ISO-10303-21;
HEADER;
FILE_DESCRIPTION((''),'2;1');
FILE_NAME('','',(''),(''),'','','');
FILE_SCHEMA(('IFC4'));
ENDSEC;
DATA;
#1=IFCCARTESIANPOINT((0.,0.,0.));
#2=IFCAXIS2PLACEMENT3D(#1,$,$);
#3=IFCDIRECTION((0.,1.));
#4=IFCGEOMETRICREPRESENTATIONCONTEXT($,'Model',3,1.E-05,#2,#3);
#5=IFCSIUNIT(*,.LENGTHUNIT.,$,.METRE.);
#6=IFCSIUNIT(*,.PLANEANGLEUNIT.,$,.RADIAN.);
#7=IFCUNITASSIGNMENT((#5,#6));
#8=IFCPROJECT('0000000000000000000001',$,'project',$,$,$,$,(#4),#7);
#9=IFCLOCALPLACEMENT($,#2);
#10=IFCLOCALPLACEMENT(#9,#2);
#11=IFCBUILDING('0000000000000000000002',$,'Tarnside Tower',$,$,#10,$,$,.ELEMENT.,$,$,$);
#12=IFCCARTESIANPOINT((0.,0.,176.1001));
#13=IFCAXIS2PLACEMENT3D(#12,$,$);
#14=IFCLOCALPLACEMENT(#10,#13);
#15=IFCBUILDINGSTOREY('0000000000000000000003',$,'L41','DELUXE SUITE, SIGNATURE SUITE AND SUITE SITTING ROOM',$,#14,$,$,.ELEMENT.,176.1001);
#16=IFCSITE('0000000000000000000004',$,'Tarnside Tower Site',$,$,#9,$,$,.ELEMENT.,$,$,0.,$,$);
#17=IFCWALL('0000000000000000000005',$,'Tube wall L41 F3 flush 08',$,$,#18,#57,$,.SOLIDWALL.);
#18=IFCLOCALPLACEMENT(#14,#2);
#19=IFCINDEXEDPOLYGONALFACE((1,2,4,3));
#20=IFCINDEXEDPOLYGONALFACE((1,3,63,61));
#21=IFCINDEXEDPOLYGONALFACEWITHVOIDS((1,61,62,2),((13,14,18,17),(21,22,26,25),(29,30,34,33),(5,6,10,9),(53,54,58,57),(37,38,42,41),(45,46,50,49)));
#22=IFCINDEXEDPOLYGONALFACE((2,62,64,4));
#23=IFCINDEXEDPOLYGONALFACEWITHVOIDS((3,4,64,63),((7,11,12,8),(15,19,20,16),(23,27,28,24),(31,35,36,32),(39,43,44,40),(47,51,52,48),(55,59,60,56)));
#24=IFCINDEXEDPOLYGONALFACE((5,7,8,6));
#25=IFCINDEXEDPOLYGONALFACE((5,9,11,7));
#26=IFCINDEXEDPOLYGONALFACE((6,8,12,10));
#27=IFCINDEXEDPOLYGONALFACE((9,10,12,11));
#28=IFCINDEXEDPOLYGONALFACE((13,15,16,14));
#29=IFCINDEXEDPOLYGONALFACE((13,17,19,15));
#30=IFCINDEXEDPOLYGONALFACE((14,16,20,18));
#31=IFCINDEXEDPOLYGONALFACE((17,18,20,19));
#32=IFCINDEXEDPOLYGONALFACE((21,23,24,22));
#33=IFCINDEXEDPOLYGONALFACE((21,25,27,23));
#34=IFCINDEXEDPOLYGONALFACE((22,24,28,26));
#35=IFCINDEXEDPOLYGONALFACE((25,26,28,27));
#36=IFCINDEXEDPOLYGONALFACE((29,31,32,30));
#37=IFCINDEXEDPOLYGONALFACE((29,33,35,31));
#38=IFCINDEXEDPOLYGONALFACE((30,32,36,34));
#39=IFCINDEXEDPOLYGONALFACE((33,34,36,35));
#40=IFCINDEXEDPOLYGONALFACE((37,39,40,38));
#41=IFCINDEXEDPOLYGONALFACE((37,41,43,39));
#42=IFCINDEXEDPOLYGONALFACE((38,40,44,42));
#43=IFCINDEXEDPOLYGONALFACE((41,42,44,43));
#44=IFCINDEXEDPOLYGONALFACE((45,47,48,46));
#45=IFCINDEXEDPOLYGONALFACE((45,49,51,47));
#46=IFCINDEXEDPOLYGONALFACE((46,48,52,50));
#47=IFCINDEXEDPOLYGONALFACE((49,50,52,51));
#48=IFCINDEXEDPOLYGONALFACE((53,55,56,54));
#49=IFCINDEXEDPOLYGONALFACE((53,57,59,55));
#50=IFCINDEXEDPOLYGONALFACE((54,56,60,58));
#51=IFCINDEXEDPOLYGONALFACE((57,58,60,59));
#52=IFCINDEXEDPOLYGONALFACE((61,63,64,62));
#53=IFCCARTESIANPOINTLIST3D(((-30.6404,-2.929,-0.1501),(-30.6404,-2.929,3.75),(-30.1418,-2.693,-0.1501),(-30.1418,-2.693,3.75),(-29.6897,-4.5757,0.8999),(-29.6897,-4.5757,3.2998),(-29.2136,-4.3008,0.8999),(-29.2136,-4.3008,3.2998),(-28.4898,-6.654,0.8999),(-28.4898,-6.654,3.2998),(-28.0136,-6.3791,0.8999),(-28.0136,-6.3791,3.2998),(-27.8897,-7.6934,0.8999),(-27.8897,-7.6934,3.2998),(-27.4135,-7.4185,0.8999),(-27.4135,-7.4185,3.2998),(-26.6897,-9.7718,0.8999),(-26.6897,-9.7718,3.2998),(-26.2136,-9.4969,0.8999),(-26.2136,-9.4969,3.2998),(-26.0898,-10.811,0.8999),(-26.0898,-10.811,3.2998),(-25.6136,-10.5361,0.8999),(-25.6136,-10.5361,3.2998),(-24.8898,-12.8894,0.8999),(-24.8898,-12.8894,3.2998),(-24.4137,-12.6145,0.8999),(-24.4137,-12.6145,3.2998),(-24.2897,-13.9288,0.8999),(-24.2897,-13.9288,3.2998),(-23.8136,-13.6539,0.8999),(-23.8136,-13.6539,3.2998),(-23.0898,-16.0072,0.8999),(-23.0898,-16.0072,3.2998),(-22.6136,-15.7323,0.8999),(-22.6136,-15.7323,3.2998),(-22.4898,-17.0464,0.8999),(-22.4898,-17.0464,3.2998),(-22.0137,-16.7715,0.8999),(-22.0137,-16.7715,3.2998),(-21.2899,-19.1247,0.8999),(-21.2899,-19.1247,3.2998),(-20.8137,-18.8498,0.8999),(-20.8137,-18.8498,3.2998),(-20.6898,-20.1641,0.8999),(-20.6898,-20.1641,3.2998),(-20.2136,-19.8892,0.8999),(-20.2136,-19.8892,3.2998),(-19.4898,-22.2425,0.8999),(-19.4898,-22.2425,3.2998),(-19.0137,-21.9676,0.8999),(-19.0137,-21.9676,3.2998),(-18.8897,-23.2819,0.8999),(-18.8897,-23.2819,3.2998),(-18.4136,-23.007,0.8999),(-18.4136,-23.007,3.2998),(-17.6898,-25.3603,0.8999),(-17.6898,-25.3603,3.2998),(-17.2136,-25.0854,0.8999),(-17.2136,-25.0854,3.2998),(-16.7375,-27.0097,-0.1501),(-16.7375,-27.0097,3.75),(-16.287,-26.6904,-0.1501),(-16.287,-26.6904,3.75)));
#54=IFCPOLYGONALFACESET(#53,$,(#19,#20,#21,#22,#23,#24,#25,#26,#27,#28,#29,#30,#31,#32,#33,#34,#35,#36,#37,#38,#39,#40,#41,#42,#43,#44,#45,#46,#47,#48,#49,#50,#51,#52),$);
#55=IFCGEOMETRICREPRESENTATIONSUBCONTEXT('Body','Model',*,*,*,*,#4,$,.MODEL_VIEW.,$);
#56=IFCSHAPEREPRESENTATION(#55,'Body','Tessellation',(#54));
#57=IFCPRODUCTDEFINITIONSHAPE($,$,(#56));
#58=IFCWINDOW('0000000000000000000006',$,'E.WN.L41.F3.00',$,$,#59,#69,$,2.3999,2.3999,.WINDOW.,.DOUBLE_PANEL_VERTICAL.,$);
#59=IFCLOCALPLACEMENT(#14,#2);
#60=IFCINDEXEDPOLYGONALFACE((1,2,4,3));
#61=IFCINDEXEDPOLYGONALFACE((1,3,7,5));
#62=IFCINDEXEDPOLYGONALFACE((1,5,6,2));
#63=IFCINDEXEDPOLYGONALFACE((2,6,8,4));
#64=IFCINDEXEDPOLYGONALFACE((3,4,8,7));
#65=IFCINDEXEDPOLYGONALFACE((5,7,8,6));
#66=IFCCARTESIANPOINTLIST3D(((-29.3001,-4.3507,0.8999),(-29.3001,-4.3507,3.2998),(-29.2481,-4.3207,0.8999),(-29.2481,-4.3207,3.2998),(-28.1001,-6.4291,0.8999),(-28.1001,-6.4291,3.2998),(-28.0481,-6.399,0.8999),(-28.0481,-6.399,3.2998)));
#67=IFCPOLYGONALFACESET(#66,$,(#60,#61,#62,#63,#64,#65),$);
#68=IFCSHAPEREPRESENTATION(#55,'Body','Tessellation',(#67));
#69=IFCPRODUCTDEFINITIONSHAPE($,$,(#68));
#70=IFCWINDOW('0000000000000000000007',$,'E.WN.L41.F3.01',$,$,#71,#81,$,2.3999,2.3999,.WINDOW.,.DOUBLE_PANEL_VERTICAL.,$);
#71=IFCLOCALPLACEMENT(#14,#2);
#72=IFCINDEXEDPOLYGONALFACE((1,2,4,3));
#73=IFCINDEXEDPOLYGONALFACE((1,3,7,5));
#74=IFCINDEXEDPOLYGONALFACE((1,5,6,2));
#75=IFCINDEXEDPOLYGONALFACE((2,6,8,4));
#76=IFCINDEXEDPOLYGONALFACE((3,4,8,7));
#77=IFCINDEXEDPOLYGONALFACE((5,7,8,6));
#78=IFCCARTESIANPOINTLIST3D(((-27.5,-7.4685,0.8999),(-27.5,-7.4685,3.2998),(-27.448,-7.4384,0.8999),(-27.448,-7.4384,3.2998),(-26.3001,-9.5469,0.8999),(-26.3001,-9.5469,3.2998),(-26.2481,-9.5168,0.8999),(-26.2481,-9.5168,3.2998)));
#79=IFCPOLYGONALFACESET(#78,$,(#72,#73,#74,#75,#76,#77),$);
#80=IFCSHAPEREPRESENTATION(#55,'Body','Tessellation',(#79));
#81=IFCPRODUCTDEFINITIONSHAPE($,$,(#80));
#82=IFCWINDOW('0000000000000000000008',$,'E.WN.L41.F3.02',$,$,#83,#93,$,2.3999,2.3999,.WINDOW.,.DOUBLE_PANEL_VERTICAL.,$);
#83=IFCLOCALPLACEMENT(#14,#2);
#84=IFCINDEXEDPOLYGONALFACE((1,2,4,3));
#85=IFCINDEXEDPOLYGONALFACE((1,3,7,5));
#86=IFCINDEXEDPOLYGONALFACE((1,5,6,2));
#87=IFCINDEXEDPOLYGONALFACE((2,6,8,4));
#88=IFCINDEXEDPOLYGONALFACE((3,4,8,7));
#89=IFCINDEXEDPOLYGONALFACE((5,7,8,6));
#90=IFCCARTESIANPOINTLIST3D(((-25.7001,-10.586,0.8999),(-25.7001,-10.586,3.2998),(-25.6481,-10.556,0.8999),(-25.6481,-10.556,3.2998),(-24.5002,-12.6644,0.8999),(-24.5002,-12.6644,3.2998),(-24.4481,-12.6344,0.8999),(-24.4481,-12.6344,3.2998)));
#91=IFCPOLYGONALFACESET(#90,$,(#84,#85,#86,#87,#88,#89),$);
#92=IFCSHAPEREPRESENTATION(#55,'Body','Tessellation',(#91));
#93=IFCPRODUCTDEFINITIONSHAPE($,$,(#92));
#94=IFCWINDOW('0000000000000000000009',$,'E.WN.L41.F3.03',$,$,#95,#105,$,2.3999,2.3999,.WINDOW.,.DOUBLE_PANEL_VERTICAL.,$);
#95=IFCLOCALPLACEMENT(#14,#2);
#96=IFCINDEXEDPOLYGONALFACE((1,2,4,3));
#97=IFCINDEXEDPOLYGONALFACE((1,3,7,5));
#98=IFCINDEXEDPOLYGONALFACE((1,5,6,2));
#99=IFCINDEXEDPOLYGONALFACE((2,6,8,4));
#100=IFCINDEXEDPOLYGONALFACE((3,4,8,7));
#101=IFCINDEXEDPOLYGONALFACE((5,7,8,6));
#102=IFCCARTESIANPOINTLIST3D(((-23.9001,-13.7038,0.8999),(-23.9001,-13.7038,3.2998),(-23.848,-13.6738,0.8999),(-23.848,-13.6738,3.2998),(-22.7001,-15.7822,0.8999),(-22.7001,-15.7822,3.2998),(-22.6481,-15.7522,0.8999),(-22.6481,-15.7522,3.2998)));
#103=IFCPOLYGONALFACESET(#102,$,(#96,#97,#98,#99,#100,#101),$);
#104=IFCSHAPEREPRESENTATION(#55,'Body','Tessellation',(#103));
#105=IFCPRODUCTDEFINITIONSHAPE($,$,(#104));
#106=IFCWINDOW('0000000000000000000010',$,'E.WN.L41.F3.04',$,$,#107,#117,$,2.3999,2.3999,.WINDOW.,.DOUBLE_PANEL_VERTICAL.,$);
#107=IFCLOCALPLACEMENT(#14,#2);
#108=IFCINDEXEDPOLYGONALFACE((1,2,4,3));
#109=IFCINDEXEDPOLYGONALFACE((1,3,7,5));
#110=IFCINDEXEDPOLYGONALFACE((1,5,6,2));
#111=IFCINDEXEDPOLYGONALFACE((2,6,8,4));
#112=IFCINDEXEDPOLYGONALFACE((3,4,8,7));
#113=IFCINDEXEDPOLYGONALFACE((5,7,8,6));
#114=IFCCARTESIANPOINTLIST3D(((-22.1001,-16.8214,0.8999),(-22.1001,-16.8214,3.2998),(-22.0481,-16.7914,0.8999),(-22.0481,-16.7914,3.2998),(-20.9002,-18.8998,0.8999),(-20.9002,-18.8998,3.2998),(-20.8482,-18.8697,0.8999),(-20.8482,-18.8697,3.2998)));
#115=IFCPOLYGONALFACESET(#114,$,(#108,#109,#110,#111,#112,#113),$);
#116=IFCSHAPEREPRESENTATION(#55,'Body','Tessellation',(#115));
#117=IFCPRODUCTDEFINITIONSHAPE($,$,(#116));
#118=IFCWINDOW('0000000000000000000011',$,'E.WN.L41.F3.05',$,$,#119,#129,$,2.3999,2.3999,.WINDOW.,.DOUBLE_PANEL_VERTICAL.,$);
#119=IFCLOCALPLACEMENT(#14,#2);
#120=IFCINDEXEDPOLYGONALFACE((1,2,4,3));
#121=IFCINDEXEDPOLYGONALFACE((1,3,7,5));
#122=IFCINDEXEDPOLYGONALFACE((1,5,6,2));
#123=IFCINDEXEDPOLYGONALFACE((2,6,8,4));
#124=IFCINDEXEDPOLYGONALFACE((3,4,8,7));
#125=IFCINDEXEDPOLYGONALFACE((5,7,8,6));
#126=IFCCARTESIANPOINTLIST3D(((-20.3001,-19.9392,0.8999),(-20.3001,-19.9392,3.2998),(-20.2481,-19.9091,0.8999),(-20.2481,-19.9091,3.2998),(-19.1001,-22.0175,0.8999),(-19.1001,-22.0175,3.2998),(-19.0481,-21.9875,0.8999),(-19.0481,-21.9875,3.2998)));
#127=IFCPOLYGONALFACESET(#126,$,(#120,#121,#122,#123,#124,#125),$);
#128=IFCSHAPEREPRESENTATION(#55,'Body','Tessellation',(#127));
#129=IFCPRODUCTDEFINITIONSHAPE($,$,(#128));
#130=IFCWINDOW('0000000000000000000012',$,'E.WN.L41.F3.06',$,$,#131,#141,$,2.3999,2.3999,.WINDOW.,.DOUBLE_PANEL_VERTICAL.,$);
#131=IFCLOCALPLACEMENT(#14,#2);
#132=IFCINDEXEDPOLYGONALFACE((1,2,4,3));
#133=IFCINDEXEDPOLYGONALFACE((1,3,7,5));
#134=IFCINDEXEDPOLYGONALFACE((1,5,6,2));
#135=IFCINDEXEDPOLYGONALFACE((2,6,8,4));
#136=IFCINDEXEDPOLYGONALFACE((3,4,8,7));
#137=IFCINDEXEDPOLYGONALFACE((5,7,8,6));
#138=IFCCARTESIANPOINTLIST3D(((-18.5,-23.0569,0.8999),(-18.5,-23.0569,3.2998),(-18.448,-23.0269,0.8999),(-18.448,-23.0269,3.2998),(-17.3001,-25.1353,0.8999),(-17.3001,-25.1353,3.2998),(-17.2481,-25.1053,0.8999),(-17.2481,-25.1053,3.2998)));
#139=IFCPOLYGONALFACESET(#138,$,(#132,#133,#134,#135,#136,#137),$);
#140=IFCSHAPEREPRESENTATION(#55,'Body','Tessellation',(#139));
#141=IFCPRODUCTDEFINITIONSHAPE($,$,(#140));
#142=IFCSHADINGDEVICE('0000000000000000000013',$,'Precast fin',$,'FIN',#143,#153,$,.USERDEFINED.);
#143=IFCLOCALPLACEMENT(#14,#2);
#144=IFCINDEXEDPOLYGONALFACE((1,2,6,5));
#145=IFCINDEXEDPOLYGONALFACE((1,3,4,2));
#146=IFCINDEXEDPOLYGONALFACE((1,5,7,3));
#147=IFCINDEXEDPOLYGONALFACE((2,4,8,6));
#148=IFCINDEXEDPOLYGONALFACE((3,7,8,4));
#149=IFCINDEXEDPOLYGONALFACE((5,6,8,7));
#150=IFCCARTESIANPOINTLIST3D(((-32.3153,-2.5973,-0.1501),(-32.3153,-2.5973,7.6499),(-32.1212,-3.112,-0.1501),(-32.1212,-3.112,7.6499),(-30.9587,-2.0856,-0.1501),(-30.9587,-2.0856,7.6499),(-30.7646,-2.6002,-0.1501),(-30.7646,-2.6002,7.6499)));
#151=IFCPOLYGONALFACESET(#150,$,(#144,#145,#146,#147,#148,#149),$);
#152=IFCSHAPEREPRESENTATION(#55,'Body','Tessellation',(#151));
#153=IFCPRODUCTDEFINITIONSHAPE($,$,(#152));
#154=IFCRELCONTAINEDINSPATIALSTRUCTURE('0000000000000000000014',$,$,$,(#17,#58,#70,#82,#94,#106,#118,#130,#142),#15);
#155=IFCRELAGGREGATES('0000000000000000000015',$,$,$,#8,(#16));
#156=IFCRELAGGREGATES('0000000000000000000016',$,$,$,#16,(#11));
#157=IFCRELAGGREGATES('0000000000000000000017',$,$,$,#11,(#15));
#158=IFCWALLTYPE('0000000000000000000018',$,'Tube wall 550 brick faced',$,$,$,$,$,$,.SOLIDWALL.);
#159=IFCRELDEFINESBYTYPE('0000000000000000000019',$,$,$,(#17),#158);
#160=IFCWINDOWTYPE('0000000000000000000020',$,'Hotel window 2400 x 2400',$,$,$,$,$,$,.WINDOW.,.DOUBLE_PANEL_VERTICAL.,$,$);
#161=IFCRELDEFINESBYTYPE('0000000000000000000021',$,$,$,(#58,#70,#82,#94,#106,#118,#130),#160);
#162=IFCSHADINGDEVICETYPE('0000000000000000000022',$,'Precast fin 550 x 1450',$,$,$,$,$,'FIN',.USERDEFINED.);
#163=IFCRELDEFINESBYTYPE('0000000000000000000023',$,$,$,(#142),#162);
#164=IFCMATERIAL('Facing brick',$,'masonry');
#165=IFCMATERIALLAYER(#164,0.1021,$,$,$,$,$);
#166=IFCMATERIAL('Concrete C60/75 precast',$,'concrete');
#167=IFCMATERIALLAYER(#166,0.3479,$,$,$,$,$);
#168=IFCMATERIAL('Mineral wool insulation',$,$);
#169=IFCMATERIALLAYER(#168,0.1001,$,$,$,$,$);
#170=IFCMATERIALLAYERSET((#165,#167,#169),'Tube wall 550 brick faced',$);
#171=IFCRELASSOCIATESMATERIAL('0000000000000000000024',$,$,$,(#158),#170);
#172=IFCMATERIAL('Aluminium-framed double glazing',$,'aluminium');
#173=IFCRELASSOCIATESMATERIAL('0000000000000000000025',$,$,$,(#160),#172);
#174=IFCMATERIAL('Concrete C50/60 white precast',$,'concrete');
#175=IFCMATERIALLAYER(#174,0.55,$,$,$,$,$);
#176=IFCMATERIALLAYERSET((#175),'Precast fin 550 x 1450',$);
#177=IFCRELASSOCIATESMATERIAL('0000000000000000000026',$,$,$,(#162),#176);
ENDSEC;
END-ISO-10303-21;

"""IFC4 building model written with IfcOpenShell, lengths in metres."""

from ifc_helpers import new_model, si_unit, direction, frame, frame_2d, origin, place, context, subcontext, project, spatial, polyline, rectangle, outline, extrude, material, layer, layer_set, type_object, element, fill, save


model = new_model("IFC4")

# Units and contexts
model_context = context("Model", 3, precision=1e-05, world=origin(), true_north=direction((0.0, 1.0)))
body_context = subcontext(model_context, "Body", "Model", "MODEL_VIEW")
ifc_project = project(units=[si_unit("LENGTHUNIT", "METRE"), si_unit("PLANEANGLEUNIT", "RADIAN")], contexts=[model_context])

# Site, building, storey
site_placement = place(None, origin())
site = spatial("IfcSite", under=ifc_project, at=site_placement, Name="Tarnside Tower Site", CompositionType="ELEMENT", RefElevation=0.0)
building_placement = place(site_placement, origin())
building = spatial("IfcBuilding", under=site, at=building_placement, Name="Tarnside Tower", CompositionType="ELEMENT")
storey_placement = place(building_placement, frame((0.0, 0.0, 176.1001)))
storey = spatial("IfcBuildingStorey", under=building, at=storey_placement, Name="L41", Description="DELUXE SUITE, SIGNATURE SUITE AND SUITE SITTING ROOM", CompositionType="ELEMENT", Elevation=176.1001)

# Shared definitions
ifc_material_1 = material(Name="Facing brick", Category="masonry")
ifc_layer_1 = layer(ifc_material_1, 0.1021)
ifc_material_2 = material(Name="Concrete C60/75 precast", Category="concrete")
ifc_layer_2 = layer(ifc_material_2, 0.3479)
ifc_material_3 = material(Name="Mineral wool insulation")
ifc_layer_3 = layer(ifc_material_3, 0.1001)
ifc_layer_set_1 = layer_set([ifc_layer_1, ifc_layer_2, ifc_layer_3], Name="Tube wall 550 brick faced")
wall_type_1 = type_object("IfcWallType", Name="Tube wall 550 brick faced", PredefinedType="SOLIDWALL", material=ifc_layer_set_1)

# Wall, openings, windows
wall_1_placement = place(storey_placement, frame((-30.3911, -2.811, -0.1501), z_axis=(0.0, 0.0, 1.0), x_axis=(0.499999, -0.866026, 0.0)))
wall_1 = element("IfcWall", 1, at=wall_1_placement, inside=storey, type_object=wall_type_1, Name="Tube wall L41 F3 flush 08", PredefinedType="SOLIDWALL", context=body_context, shape_type="SweptSolid", body=[
    extrude(outline(polyline([(-0.0225, -0.2749), (27.7834, -0.2749), (27.7322, 0.2749), (0.0225, 0.2749), (-0.0225, -0.2749)])), origin(), (0.0, 0.0, 1.0), 3.9001),
])
opening_1_placement = place(wall_1_placement, frame((1.8789, 0.0, 1.05)))
opening_1 = element("IfcOpeningElement", 2, at=opening_1_placement, cuts=wall_1, PredefinedType="OPENING", context=body_context, shape_type="SweptSolid", body=[
    extrude(rectangle(XDim=2.3999, YDim=2.3999, at=frame_2d((1.2, 1.2))), frame((0.0, 0.2852, 0.0), z_axis=(0.0, -1.0, 0.0), x_axis=(1.0, 0.0, 0.0)), (0.0, 0.0, 1.0), 0.5701),
])
opening_2_placement = place(wall_1_placement, frame((5.479, 0.0, 1.05)))
opening_2 = element("IfcOpeningElement", 3, at=opening_2_placement, cuts=wall_1, PredefinedType="OPENING", context=body_context, shape_type="SweptSolid", body=[
    extrude(rectangle(XDim=2.3999, YDim=2.3999, at=frame_2d((1.2, 1.2))), frame((0.0, 0.2852, 0.0), z_axis=(0.0, -1.0, 0.0), x_axis=(1.0, 0.0, 0.0)), (0.0, 0.0, 1.0), 0.5701),
])
opening_3_placement = place(wall_1_placement, frame((9.0789, 0.0, 1.05)))
opening_3 = element("IfcOpeningElement", 4, at=opening_3_placement, cuts=wall_1, PredefinedType="OPENING", context=body_context, shape_type="SweptSolid", body=[
    extrude(rectangle(XDim=2.3999, YDim=2.3999, at=frame_2d((1.2, 1.2))), frame((0.0, 0.2852, 0.0), z_axis=(0.0, -1.0, 0.0), x_axis=(1.0, 0.0, 0.0)), (0.0, 0.0, 1.0), 0.5701),
])
opening_4_placement = place(wall_1_placement, frame((12.679, 0.0, 1.05)))
opening_4 = element("IfcOpeningElement", 5, at=opening_4_placement, cuts=wall_1, PredefinedType="OPENING", context=body_context, shape_type="SweptSolid", body=[
    extrude(rectangle(XDim=2.3999, YDim=2.3999, at=frame_2d((1.2, 1.2))), frame((0.0, 0.2852, 0.0), z_axis=(0.0, -1.0, 0.0), x_axis=(1.0, 0.0, 0.0)), (0.0, 0.0, 1.0), 0.5701),
])
opening_5_placement = place(wall_1_placement, frame((16.2788, 0.0, 1.05)))
opening_5 = element("IfcOpeningElement", 6, at=opening_5_placement, cuts=wall_1, PredefinedType="OPENING", context=body_context, shape_type="SweptSolid", body=[
    extrude(rectangle(XDim=2.3999, YDim=2.3999, at=frame_2d((1.2, 1.2))), frame((0.0, 0.2852, 0.0), z_axis=(0.0, -1.0, 0.0), x_axis=(1.0, 0.0, 0.0)), (0.0, 0.0, 1.0), 0.5701),
])
opening_6_placement = place(wall_1_placement, frame((19.8789, 0.0, 1.05)))
opening_6 = element("IfcOpeningElement", 7, at=opening_6_placement, cuts=wall_1, PredefinedType="OPENING", context=body_context, shape_type="SweptSolid", body=[
    extrude(rectangle(XDim=2.3999, YDim=2.3999, at=frame_2d((1.2, 1.2))), frame((0.0, 0.2852, 0.0), z_axis=(0.0, -1.0, 0.0), x_axis=(1.0, 0.0, 0.0)), (0.0, 0.0, 1.0), 0.5701),
])
opening_7_placement = place(wall_1_placement, frame((23.479, 0.0, 1.05)))
opening_7 = element("IfcOpeningElement", 8, at=opening_7_placement, cuts=wall_1, PredefinedType="OPENING", context=body_context, shape_type="SweptSolid", body=[
    extrude(rectangle(XDim=2.3999, YDim=2.3999, at=frame_2d((1.2, 1.2))), frame((0.0, 0.2852, 0.0), z_axis=(0.0, -1.0, 0.0), x_axis=(1.0, 0.0, 0.0)), (0.0, 0.0, 1.0), 0.5701),
])
ifc_material_4 = material(Name="Aluminium-framed double glazing", Category="aluminium")
window_type = type_object("IfcWindowType", Name="Hotel window 2400 x 2400", PartitioningType="DOUBLE_PANEL_VERTICAL", PredefinedType="WINDOW", material=ifc_material_4)
window_1_placement = place(opening_1_placement, frame((0.0, 0.2051, 0.0)))
window_1 = element("IfcWindow", 9, at=window_1_placement, inside=storey, type_object=window_type, Name="E.WN.L41.F3.00", OverallHeight=2.3999, OverallWidth=2.3999, PartitioningType="DOUBLE_PANEL_VERTICAL", PredefinedType="WINDOW", context=body_context, shape_type="SweptSolid", body=[
    extrude(rectangle(XDim=2.3999, YDim=2.3999, at=frame_2d((1.2, 1.2))), frame((0.0, 0.03, 0.0), z_axis=(0.0, -1.0, 0.0), x_axis=(1.0, 0.0, 0.0)), (0.0, 0.0, 1.0), 0.0601),
])
fill(opening_1, window_1)
window_2_placement = place(opening_2_placement, frame((0.0, 0.2051, 0.0)))
window_2 = element("IfcWindow", 10, at=window_2_placement, inside=storey, type_object=window_type, Name="E.WN.L41.F3.01", OverallHeight=2.3999, OverallWidth=2.3999, PartitioningType="DOUBLE_PANEL_VERTICAL", PredefinedType="WINDOW", context=body_context, shape_type="SweptSolid", body=[
    extrude(rectangle(XDim=2.3999, YDim=2.3999, at=frame_2d((1.2, 1.2))), frame((0.0, 0.03, 0.0), z_axis=(0.0, -1.0, 0.0), x_axis=(1.0, 0.0, 0.0)), (0.0, 0.0, 1.0), 0.0601),
])
fill(opening_2, window_2)
window_3_placement = place(opening_3_placement, frame((0.0, 0.2051, 0.0)))
window_3 = element("IfcWindow", 11, at=window_3_placement, inside=storey, type_object=window_type, Name="E.WN.L41.F3.02", OverallHeight=2.3999, OverallWidth=2.3999, PartitioningType="DOUBLE_PANEL_VERTICAL", PredefinedType="WINDOW", context=body_context, shape_type="SweptSolid", body=[
    extrude(rectangle(XDim=2.3999, YDim=2.3999, at=frame_2d((1.2, 1.2))), frame((0.0, 0.03, 0.0), z_axis=(0.0, -1.0, 0.0), x_axis=(1.0, 0.0, 0.0)), (0.0, 0.0, 1.0), 0.0601),
])
fill(opening_3, window_3)
window_4_placement = place(opening_4_placement, frame((0.0, 0.2051, 0.0)))
window_4 = element("IfcWindow", 12, at=window_4_placement, inside=storey, type_object=window_type, Name="E.WN.L41.F3.03", OverallHeight=2.3999, OverallWidth=2.3999, PartitioningType="DOUBLE_PANEL_VERTICAL", PredefinedType="WINDOW", context=body_context, shape_type="SweptSolid", body=[
    extrude(rectangle(XDim=2.3999, YDim=2.3999, at=frame_2d((1.2, 1.2))), frame((0.0, 0.03, 0.0), z_axis=(0.0, -1.0, 0.0), x_axis=(1.0, 0.0, 0.0)), (0.0, 0.0, 1.0), 0.0601),
])
fill(opening_4, window_4)
window_5_placement = place(opening_5_placement, frame((0.0, 0.2051, 0.0)))
window_5 = element("IfcWindow", 13, at=window_5_placement, inside=storey, type_object=window_type, Name="E.WN.L41.F3.04", OverallHeight=2.3999, OverallWidth=2.3999, PartitioningType="DOUBLE_PANEL_VERTICAL", PredefinedType="WINDOW", context=body_context, shape_type="SweptSolid", body=[
    extrude(rectangle(XDim=2.3999, YDim=2.3999, at=frame_2d((1.2, 1.2))), frame((0.0, 0.03, 0.0), z_axis=(0.0, -1.0, 0.0), x_axis=(1.0, 0.0, 0.0)), (0.0, 0.0, 1.0), 0.0601),
])
fill(opening_5, window_5)
window_6_placement = place(opening_6_placement, frame((0.0, 0.2051, 0.0)))
window_6 = element("IfcWindow", 14, at=window_6_placement, inside=storey, type_object=window_type, Name="E.WN.L41.F3.05", OverallHeight=2.3999, OverallWidth=2.3999, PartitioningType="DOUBLE_PANEL_VERTICAL", PredefinedType="WINDOW", context=body_context, shape_type="SweptSolid", body=[
    extrude(rectangle(XDim=2.3999, YDim=2.3999, at=frame_2d((1.2, 1.2))), frame((0.0, 0.03, 0.0), z_axis=(0.0, -1.0, 0.0), x_axis=(1.0, 0.0, 0.0)), (0.0, 0.0, 1.0), 0.0601),
])
fill(opening_6, window_6)
window_7_placement = place(opening_7_placement, frame((0.0, 0.2051, 0.0)))
window_7 = element("IfcWindow", 15, at=window_7_placement, inside=storey, type_object=window_type, Name="E.WN.L41.F3.06", OverallHeight=2.3999, OverallWidth=2.3999, PartitioningType="DOUBLE_PANEL_VERTICAL", PredefinedType="WINDOW", context=body_context, shape_type="SweptSolid", body=[
    extrude(rectangle(XDim=2.3999, YDim=2.3999, at=frame_2d((1.2, 1.2))), frame((0.0, 0.03, 0.0), z_axis=(0.0, -1.0, 0.0), x_axis=(1.0, 0.0, 0.0)), (0.0, 0.0, 1.0), 0.0601),
])
fill(opening_7, window_7)

# Shading device
ifc_material_5 = material(Name="Concrete C50/60 white precast", Category="concrete")
ifc_layer_4 = layer(ifc_material_5, 0.55)
ifc_layer_set_2 = layer_set([ifc_layer_4], Name="Precast fin 550 x 1450")
shading_device_type_1 = type_object("IfcShadingDeviceType", Name="Precast fin 550 x 1450", ElementType="FIN", PredefinedType="USERDEFINED", material=ifc_layer_set_2)
shading_device_placement = place(storey_placement, frame((-30.8616, -2.343, -0.1501), z_axis=(-0.352931, 0.93565, 0.0), x_axis=(-0.93565, -0.352931, 0.0)))
element("IfcShadingDevice", 16, at=shading_device_placement, inside=storey, type_object=shading_device_type_1, Name="Precast fin", ObjectType="FIN", PredefinedType="USERDEFINED", context=body_context, shape_type="SweptSolid", body=[
    extrude(outline(polyline([(0.0, 0.0), (1.45, 0.0), (1.45, 7.8), (0.0, 7.8), (0.0, 0.0)])), frame((0.0, 0.0, -0.2749)), (0.0, 0.0, 1.0), 0.55),
])

save(model, "model.ifc")
